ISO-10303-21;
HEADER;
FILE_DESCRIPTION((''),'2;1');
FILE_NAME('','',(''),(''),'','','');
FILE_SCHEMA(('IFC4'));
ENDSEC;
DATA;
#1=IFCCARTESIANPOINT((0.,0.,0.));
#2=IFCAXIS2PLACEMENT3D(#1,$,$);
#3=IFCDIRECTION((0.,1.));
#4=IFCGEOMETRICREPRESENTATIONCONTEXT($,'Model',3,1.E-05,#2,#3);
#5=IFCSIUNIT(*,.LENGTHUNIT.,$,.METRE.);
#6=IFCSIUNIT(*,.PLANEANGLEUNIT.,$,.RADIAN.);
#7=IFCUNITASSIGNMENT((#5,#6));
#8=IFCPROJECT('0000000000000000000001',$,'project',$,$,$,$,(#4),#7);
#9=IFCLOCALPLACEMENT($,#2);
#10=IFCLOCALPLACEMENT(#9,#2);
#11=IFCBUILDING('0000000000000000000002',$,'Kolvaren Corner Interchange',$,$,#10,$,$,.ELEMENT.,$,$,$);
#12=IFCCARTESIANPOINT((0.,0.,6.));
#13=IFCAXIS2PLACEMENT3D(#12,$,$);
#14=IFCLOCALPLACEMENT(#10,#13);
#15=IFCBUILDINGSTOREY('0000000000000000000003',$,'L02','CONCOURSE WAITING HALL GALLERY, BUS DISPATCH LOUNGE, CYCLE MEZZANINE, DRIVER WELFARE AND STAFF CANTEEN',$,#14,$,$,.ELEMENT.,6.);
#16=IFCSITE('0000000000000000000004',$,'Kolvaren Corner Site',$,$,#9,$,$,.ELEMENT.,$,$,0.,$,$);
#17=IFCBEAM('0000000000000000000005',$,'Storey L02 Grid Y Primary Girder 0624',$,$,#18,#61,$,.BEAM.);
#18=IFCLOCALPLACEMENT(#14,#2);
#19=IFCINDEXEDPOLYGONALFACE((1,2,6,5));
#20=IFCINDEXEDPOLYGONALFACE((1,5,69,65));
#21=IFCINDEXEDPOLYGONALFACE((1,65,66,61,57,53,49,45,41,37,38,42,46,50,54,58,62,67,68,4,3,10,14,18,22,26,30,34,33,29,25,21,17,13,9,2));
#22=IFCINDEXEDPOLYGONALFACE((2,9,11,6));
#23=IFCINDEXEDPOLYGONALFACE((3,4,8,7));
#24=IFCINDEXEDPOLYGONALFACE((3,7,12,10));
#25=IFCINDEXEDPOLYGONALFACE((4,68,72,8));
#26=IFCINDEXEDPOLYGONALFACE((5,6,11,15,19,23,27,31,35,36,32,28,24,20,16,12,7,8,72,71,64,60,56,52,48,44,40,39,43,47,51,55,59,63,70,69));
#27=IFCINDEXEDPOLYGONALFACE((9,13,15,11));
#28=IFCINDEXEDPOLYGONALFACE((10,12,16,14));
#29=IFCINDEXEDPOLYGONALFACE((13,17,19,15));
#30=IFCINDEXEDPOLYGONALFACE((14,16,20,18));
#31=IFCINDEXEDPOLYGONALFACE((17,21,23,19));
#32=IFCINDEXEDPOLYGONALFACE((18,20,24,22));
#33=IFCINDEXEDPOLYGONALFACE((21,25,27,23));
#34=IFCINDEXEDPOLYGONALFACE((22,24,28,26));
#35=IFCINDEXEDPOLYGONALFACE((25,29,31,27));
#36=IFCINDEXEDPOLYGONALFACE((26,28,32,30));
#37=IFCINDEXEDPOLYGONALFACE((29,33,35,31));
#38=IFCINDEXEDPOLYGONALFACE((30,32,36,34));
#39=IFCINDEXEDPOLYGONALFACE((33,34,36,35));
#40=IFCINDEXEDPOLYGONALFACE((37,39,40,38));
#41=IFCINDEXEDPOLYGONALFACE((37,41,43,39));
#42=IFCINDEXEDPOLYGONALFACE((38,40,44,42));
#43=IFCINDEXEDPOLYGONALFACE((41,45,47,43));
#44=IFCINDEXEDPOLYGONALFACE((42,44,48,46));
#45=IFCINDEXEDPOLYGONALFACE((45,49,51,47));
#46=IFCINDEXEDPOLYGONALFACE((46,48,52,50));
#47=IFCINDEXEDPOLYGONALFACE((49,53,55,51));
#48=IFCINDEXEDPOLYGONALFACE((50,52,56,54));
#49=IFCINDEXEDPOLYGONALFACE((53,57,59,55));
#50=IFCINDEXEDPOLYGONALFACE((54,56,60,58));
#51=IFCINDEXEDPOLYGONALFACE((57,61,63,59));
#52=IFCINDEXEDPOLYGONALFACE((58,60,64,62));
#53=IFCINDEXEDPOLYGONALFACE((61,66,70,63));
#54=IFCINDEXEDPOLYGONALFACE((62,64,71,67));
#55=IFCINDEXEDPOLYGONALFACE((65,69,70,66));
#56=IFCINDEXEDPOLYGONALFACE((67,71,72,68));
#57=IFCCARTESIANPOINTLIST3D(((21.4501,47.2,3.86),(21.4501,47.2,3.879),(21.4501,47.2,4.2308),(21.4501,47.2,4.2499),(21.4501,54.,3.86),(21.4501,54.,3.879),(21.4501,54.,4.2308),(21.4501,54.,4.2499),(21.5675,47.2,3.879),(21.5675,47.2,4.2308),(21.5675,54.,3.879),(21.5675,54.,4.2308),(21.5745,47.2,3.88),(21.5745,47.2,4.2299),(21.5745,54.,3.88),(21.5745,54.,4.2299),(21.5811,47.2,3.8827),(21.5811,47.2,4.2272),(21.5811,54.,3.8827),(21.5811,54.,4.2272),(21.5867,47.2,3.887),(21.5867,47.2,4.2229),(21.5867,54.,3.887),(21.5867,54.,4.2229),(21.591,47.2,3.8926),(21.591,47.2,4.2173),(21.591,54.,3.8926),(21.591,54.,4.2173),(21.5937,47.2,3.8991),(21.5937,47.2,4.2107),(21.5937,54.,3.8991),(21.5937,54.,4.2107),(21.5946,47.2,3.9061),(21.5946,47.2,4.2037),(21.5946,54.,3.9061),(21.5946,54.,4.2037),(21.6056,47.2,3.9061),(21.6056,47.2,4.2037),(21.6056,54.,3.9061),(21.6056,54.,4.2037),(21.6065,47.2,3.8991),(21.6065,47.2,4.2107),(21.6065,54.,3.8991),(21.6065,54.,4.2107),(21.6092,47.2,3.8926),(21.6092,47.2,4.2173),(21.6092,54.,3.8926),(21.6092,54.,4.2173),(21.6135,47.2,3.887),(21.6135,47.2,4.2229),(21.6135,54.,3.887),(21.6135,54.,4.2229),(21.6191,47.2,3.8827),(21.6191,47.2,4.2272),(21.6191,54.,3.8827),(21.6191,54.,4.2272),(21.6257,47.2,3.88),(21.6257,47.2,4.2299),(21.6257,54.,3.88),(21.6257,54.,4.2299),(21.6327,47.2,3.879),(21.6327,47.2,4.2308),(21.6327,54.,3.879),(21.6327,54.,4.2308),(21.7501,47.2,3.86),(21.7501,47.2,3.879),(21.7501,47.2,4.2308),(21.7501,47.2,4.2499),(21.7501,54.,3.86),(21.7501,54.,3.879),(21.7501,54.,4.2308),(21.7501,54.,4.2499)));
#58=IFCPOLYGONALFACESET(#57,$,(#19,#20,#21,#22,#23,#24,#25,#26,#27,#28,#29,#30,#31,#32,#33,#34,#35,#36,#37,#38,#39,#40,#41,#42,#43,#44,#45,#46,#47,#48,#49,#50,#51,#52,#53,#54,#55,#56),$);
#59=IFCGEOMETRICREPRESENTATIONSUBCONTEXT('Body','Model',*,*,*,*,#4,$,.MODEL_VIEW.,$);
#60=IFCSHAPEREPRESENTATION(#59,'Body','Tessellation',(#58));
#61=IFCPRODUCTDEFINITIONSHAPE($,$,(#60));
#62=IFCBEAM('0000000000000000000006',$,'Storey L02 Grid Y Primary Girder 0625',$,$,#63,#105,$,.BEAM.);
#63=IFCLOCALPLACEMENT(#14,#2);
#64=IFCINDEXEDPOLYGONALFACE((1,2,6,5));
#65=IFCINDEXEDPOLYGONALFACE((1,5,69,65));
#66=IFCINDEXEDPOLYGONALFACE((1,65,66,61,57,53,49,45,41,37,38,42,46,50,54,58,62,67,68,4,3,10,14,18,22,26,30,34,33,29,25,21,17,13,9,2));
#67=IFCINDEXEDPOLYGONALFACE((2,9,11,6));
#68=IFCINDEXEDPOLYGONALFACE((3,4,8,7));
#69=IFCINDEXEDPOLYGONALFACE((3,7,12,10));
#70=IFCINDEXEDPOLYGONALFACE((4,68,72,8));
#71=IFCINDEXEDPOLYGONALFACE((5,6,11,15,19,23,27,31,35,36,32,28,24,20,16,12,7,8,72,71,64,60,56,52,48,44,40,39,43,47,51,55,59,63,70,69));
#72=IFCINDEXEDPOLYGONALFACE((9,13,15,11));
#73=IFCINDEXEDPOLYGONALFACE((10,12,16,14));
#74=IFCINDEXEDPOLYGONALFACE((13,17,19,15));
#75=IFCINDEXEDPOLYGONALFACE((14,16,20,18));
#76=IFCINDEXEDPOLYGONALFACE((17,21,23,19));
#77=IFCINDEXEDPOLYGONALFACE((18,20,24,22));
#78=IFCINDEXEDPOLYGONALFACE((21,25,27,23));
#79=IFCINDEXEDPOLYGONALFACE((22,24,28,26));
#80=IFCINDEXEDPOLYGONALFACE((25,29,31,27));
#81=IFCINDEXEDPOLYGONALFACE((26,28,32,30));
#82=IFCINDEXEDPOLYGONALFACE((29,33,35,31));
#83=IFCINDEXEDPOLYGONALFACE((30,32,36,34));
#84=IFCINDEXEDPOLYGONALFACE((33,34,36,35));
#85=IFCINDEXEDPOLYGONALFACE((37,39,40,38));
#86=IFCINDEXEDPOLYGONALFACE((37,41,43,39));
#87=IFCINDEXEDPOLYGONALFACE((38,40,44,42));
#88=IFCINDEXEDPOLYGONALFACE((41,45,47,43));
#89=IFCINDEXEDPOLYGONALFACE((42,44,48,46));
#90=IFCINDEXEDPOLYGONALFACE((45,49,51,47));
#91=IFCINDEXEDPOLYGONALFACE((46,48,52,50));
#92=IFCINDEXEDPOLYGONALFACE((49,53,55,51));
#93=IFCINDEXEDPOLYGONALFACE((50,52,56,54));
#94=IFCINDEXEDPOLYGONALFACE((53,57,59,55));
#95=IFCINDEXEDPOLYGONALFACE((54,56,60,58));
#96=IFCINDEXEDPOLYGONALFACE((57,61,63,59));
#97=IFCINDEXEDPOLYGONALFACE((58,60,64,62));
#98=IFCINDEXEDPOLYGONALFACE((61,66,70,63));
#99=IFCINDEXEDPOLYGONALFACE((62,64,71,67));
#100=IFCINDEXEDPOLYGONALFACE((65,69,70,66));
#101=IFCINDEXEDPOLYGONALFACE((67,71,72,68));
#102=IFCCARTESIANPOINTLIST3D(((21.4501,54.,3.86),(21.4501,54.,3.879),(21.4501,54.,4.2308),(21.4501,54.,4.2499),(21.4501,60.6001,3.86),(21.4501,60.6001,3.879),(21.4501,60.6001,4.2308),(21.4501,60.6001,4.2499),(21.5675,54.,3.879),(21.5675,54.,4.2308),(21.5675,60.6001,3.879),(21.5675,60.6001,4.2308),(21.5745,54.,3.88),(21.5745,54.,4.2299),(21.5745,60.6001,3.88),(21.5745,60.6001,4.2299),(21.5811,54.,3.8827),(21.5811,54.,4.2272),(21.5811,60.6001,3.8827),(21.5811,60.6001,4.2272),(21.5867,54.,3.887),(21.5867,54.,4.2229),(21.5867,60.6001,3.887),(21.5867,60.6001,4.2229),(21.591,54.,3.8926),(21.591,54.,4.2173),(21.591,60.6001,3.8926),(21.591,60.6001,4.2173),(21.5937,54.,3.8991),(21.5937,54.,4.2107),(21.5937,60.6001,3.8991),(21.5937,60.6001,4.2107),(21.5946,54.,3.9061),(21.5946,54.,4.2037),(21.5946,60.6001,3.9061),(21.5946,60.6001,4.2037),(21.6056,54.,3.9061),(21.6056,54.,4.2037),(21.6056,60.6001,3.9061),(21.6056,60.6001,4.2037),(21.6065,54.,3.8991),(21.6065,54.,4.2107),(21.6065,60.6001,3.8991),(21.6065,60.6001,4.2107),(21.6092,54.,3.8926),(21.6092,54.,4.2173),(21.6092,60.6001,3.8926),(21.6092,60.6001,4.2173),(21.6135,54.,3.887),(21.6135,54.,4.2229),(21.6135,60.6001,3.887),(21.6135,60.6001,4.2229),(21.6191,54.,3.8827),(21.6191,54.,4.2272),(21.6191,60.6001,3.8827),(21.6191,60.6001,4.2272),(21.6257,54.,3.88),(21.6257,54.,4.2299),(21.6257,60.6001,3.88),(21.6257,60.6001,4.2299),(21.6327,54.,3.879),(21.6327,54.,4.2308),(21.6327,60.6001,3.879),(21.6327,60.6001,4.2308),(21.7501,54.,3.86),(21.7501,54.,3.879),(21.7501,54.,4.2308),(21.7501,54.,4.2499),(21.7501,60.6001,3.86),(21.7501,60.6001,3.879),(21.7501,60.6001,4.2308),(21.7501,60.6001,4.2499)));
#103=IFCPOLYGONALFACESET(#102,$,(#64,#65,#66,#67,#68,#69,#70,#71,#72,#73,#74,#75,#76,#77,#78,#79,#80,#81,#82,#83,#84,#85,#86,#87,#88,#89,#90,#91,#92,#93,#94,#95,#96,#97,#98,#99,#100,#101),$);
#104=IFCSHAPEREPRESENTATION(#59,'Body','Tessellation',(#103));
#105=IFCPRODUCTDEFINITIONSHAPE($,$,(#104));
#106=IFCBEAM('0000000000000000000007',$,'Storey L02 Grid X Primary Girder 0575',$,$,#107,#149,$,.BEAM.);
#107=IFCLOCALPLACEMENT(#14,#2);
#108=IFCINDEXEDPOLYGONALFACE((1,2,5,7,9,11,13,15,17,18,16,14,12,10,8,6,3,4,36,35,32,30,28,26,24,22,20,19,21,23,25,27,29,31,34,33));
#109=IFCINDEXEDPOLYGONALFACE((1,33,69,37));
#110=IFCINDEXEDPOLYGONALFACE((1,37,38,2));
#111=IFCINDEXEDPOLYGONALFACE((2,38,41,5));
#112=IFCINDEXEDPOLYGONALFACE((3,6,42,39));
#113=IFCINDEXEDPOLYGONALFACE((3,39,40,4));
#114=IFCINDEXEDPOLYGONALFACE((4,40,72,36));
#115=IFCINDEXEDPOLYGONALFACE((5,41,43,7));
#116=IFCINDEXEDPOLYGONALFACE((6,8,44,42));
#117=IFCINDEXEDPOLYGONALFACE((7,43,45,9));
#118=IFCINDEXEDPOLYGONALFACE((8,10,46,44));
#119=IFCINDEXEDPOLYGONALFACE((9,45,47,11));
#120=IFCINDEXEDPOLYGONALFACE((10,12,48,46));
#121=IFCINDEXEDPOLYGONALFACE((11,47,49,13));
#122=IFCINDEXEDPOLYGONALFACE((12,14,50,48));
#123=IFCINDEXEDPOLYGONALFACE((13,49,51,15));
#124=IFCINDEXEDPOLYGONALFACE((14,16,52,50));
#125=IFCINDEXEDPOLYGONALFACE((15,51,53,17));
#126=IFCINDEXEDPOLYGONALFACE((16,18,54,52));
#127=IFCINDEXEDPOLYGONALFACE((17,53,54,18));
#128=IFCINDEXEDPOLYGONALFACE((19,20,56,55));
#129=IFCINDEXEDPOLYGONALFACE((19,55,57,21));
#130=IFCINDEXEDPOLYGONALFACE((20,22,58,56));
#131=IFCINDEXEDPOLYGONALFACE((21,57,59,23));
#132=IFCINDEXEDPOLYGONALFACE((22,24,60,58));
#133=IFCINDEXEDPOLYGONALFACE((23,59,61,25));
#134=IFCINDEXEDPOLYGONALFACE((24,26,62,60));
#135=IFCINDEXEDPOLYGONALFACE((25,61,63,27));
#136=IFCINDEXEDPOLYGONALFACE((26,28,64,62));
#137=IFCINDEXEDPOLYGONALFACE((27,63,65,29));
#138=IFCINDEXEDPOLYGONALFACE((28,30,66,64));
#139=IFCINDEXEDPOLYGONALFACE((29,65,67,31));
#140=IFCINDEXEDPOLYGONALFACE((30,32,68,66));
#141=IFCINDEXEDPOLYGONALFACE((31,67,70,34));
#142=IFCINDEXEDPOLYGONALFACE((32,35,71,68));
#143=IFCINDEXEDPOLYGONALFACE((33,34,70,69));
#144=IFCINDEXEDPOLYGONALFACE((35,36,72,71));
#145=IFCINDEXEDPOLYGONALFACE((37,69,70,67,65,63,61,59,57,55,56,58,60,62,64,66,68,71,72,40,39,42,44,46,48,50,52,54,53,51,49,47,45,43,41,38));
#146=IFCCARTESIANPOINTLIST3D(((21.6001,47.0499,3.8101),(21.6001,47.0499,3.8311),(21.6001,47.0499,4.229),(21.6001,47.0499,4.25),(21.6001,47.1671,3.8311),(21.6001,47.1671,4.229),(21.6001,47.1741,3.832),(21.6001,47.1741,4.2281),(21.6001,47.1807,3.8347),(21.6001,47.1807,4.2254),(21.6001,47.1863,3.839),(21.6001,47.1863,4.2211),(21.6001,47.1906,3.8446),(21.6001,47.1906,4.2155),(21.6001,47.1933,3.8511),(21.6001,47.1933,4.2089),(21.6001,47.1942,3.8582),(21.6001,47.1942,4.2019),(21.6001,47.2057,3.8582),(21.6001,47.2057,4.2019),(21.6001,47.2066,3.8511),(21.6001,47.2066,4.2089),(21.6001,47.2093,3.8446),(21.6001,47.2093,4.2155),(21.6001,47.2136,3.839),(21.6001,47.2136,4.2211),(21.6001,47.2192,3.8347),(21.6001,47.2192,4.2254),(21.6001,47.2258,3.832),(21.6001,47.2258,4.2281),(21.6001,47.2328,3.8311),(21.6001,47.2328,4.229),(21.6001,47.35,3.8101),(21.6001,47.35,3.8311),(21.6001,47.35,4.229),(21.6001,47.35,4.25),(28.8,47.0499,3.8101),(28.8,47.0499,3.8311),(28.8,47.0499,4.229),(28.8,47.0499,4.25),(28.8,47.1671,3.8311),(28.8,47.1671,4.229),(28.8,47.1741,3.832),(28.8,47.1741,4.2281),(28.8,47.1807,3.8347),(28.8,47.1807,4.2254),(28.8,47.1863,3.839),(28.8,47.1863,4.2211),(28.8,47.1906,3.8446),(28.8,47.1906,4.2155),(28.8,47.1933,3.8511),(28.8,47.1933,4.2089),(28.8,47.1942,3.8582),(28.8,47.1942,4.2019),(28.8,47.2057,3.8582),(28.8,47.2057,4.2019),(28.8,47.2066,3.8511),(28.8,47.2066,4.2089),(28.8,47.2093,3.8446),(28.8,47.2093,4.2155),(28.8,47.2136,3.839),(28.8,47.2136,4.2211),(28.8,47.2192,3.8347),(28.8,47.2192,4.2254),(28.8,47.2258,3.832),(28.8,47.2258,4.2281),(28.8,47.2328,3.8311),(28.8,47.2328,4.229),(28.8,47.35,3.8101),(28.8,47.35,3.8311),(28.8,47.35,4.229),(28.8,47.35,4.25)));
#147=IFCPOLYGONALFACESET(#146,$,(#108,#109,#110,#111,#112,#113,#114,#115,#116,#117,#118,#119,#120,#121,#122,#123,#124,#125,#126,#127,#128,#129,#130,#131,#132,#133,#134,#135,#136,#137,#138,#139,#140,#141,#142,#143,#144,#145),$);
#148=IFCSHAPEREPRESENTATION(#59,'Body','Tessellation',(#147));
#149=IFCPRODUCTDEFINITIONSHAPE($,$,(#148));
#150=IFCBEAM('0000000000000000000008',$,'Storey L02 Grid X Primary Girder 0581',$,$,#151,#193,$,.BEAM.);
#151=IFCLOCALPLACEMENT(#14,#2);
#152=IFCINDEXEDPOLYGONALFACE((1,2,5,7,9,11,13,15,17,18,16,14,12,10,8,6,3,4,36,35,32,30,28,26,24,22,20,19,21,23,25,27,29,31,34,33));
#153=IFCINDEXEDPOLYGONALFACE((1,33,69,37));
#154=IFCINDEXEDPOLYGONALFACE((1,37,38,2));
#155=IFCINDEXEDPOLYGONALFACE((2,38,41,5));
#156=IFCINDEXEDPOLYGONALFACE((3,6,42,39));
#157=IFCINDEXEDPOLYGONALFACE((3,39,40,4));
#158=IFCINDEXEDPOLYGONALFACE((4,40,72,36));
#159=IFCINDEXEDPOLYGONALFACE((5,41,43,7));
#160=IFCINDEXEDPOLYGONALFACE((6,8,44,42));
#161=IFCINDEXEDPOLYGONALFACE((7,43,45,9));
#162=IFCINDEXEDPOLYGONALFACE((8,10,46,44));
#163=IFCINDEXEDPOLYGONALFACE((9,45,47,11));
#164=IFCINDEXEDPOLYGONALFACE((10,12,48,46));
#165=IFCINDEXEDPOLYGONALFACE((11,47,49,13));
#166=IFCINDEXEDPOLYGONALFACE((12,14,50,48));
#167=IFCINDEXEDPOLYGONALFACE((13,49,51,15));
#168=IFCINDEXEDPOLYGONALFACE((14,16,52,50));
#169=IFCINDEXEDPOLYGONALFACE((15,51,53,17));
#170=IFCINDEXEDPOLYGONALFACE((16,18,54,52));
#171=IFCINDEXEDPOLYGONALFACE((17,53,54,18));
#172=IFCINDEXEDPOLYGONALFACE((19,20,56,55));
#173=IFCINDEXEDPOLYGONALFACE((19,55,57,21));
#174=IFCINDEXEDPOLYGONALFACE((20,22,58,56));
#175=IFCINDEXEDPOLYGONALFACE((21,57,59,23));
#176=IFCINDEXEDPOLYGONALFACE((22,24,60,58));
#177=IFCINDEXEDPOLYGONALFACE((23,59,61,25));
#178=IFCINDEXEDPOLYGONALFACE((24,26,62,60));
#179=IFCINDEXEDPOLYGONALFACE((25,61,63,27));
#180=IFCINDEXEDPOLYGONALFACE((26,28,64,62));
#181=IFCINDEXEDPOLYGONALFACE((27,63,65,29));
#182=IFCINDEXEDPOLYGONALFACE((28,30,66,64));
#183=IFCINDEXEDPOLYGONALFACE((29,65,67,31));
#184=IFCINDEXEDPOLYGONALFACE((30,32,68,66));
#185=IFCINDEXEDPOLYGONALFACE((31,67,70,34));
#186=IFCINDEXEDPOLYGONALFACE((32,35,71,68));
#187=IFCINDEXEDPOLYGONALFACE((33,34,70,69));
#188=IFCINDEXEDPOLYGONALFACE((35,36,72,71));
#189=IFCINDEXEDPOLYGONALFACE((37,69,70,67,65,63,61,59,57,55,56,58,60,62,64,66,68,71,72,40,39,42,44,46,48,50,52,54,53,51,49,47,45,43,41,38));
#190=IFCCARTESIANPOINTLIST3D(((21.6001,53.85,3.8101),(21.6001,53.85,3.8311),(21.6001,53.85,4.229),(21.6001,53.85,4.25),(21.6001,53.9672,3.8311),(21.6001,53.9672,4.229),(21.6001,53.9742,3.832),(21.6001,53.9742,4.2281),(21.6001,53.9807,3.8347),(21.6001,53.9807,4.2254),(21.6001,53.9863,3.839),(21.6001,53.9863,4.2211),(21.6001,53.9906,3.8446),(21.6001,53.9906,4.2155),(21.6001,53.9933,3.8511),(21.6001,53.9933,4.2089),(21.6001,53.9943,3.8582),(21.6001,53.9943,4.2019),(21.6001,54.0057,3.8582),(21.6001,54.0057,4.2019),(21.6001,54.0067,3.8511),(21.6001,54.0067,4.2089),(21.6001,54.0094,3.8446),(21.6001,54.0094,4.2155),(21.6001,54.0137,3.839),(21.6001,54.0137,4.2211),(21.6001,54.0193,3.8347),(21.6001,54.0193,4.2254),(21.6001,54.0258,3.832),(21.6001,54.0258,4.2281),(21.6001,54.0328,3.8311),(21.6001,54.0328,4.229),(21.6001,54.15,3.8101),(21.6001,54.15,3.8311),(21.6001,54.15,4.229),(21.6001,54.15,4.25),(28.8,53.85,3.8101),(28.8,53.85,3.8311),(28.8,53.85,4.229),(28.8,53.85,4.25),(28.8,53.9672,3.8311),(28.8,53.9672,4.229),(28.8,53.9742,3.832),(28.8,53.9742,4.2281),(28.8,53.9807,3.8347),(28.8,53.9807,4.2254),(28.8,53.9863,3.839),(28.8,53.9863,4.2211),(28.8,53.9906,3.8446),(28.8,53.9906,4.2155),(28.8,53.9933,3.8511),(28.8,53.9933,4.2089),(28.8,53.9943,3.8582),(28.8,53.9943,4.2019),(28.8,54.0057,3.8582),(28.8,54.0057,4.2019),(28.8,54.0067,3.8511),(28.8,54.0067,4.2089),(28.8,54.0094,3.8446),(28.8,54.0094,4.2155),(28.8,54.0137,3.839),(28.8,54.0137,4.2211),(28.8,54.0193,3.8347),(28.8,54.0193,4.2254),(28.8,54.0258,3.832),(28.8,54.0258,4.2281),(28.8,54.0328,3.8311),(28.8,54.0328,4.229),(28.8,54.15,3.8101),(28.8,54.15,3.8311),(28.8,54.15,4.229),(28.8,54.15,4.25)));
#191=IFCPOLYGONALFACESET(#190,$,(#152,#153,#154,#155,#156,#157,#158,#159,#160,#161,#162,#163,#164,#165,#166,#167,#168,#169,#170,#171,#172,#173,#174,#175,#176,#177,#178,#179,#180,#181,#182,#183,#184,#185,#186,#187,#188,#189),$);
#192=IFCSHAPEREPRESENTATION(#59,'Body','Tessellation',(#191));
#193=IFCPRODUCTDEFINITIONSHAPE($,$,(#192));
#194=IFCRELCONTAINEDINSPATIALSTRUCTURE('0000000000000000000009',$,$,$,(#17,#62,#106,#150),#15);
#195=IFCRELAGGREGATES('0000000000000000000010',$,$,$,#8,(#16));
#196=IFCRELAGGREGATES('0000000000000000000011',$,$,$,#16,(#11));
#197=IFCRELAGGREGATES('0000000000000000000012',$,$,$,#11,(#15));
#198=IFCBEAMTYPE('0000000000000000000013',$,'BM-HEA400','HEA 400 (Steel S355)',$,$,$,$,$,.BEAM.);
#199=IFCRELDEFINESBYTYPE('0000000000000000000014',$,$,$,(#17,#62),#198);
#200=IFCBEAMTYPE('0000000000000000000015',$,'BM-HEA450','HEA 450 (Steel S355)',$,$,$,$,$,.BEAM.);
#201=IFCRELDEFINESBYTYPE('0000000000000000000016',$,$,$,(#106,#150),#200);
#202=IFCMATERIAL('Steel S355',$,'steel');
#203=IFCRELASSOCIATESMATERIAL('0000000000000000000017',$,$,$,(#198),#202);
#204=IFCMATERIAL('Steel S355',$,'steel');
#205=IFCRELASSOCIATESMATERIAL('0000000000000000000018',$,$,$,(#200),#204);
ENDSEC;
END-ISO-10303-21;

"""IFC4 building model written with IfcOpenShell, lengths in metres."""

from ifc_helpers import new_model, si_unit, direction, frame, origin, origin_2d, place, context, subcontext, project, spatial, i_section, extrude, material, material_profile, profile_set, type_object, element, save


model = new_model("IFC4")

# Units and contexts
model_context = context("Model", 3, precision=1e-05, world=origin(), true_north=direction((0.0, 1.0)))
body_context = subcontext(model_context, "Body", "Model", "MODEL_VIEW")
ifc_project = project(units=[si_unit("LENGTHUNIT", "METRE"), si_unit("PLANEANGLEUNIT", "RADIAN")], contexts=[model_context])

# Site, building, storey
site_placement = place(None, origin())
site = spatial("IfcSite", under=ifc_project, at=site_placement, Name="Kolvaren Corner Site", CompositionType="ELEMENT", RefElevation=0.0)
building_placement = place(site_placement, origin())
building = spatial("IfcBuilding", under=site, at=building_placement, Name="Kolvaren Corner Interchange", CompositionType="ELEMENT")
storey_placement = place(building_placement, frame((0.0, 0.0, 6.0)))
storey = spatial("IfcBuildingStorey", under=building, at=storey_placement, Name="L02", Description="CONCOURSE WAITING HALL GALLERY, BUS DISPATCH LOUNGE, CYCLE MEZZANINE, DRIVER WELFARE AND STAFF CANTEEN", CompositionType="ELEMENT", Elevation=6.0)

# Beams
ifc_material_1 = material(Name="Steel S355", Category="steel")
ifc_material_profile_1 = material_profile(ifc_material_1, i_section(OverallWidth=0.3, OverallDepth=0.3899, WebThickness=0.011, FlangeThickness=0.019, FilletRadius=0.0271, at=origin_2d()), Name="HEA 400")
ifc_profile_set_1 = profile_set([ifc_material_profile_1], Name="Steel S355")
beam_type_1 = type_object("IfcBeamType", Name="BM-HEA400", Description="HEA 400 (Steel S355)", PredefinedType="BEAM", material=ifc_profile_set_1)
beam_1_placement = place(storey_placement, frame((21.6001, 47.2, 4.0549), z_axis=(0.0, 1.0, 0.0), x_axis=(-1.0, 0.0, 0.0)))
element("IfcBeam", 1, at=beam_1_placement, inside=storey, type_object=beam_type_1, Name="Storey L02 Grid Y Primary Girder 0624", PredefinedType="BEAM", context=body_context, shape_type="SweptSolid", body=[
    extrude(i_section(OverallWidth=0.3, OverallDepth=0.3899, WebThickness=0.011, FlangeThickness=0.019, FilletRadius=0.0271, at=origin_2d()), origin(), (0.0, 0.0, 1.0), 6.8),
])
beam_2_placement = place(storey_placement, frame((21.6001, 54.0, 4.0549), z_axis=(0.0, 1.0, 0.0), x_axis=(-1.0, 0.0, 0.0)))
element("IfcBeam", 2, at=beam_2_placement, inside=storey, type_object=beam_type_1, Name="Storey L02 Grid Y Primary Girder 0625", PredefinedType="BEAM", context=body_context, shape_type="SweptSolid", body=[
    extrude(i_section(OverallWidth=0.3, OverallDepth=0.3899, WebThickness=0.011, FlangeThickness=0.019, FilletRadius=0.0271, at=origin_2d()), origin(), (0.0, 0.0, 1.0), 6.6001),
])
ifc_material_2 = material(Name="Steel S355", Category="steel")
ifc_material_profile_2 = material_profile(ifc_material_2, i_section(OverallWidth=0.3, OverallDepth=0.4399, WebThickness=0.0115, FlangeThickness=0.021, FilletRadius=0.0271, at=origin_2d()), Name="HEA 450")
ifc_profile_set_2 = profile_set([ifc_material_profile_2], Name="Steel S355")
beam_type_2 = type_object("IfcBeamType", Name="BM-HEA450", Description="HEA 450 (Steel S355)", PredefinedType="BEAM", material=ifc_profile_set_2)
for number, where, z_axis, x_axis, name in (
    (3, (21.6001, 47.2, 4.03), (1.0, 0.0, 0.0), (0.0, 1.0, 0.0), "Storey L02 Grid X Primary Girder 0575"),
    (4, (21.6001, 54.0, 4.03), (1.0, 0.0, 0.0), (0.0, 1.0, 0.0), "Storey L02 Grid X Primary Girder 0581"),
):
    element("IfcBeam", number, at=place(storey_placement, frame(where, z_axis=z_axis, x_axis=x_axis)), inside=storey, type_object=beam_type_2, Name=name, PredefinedType="BEAM", context=body_context, shape_type="SweptSolid", body=[
        extrude(i_section(OverallWidth=0.3, OverallDepth=0.4399, WebThickness=0.0115, FlangeThickness=0.021, FilletRadius=0.0271, at=origin_2d()), origin(), (0.0, 0.0, 1.0), 7.2),
    ])

save(model, "model.ifc")
